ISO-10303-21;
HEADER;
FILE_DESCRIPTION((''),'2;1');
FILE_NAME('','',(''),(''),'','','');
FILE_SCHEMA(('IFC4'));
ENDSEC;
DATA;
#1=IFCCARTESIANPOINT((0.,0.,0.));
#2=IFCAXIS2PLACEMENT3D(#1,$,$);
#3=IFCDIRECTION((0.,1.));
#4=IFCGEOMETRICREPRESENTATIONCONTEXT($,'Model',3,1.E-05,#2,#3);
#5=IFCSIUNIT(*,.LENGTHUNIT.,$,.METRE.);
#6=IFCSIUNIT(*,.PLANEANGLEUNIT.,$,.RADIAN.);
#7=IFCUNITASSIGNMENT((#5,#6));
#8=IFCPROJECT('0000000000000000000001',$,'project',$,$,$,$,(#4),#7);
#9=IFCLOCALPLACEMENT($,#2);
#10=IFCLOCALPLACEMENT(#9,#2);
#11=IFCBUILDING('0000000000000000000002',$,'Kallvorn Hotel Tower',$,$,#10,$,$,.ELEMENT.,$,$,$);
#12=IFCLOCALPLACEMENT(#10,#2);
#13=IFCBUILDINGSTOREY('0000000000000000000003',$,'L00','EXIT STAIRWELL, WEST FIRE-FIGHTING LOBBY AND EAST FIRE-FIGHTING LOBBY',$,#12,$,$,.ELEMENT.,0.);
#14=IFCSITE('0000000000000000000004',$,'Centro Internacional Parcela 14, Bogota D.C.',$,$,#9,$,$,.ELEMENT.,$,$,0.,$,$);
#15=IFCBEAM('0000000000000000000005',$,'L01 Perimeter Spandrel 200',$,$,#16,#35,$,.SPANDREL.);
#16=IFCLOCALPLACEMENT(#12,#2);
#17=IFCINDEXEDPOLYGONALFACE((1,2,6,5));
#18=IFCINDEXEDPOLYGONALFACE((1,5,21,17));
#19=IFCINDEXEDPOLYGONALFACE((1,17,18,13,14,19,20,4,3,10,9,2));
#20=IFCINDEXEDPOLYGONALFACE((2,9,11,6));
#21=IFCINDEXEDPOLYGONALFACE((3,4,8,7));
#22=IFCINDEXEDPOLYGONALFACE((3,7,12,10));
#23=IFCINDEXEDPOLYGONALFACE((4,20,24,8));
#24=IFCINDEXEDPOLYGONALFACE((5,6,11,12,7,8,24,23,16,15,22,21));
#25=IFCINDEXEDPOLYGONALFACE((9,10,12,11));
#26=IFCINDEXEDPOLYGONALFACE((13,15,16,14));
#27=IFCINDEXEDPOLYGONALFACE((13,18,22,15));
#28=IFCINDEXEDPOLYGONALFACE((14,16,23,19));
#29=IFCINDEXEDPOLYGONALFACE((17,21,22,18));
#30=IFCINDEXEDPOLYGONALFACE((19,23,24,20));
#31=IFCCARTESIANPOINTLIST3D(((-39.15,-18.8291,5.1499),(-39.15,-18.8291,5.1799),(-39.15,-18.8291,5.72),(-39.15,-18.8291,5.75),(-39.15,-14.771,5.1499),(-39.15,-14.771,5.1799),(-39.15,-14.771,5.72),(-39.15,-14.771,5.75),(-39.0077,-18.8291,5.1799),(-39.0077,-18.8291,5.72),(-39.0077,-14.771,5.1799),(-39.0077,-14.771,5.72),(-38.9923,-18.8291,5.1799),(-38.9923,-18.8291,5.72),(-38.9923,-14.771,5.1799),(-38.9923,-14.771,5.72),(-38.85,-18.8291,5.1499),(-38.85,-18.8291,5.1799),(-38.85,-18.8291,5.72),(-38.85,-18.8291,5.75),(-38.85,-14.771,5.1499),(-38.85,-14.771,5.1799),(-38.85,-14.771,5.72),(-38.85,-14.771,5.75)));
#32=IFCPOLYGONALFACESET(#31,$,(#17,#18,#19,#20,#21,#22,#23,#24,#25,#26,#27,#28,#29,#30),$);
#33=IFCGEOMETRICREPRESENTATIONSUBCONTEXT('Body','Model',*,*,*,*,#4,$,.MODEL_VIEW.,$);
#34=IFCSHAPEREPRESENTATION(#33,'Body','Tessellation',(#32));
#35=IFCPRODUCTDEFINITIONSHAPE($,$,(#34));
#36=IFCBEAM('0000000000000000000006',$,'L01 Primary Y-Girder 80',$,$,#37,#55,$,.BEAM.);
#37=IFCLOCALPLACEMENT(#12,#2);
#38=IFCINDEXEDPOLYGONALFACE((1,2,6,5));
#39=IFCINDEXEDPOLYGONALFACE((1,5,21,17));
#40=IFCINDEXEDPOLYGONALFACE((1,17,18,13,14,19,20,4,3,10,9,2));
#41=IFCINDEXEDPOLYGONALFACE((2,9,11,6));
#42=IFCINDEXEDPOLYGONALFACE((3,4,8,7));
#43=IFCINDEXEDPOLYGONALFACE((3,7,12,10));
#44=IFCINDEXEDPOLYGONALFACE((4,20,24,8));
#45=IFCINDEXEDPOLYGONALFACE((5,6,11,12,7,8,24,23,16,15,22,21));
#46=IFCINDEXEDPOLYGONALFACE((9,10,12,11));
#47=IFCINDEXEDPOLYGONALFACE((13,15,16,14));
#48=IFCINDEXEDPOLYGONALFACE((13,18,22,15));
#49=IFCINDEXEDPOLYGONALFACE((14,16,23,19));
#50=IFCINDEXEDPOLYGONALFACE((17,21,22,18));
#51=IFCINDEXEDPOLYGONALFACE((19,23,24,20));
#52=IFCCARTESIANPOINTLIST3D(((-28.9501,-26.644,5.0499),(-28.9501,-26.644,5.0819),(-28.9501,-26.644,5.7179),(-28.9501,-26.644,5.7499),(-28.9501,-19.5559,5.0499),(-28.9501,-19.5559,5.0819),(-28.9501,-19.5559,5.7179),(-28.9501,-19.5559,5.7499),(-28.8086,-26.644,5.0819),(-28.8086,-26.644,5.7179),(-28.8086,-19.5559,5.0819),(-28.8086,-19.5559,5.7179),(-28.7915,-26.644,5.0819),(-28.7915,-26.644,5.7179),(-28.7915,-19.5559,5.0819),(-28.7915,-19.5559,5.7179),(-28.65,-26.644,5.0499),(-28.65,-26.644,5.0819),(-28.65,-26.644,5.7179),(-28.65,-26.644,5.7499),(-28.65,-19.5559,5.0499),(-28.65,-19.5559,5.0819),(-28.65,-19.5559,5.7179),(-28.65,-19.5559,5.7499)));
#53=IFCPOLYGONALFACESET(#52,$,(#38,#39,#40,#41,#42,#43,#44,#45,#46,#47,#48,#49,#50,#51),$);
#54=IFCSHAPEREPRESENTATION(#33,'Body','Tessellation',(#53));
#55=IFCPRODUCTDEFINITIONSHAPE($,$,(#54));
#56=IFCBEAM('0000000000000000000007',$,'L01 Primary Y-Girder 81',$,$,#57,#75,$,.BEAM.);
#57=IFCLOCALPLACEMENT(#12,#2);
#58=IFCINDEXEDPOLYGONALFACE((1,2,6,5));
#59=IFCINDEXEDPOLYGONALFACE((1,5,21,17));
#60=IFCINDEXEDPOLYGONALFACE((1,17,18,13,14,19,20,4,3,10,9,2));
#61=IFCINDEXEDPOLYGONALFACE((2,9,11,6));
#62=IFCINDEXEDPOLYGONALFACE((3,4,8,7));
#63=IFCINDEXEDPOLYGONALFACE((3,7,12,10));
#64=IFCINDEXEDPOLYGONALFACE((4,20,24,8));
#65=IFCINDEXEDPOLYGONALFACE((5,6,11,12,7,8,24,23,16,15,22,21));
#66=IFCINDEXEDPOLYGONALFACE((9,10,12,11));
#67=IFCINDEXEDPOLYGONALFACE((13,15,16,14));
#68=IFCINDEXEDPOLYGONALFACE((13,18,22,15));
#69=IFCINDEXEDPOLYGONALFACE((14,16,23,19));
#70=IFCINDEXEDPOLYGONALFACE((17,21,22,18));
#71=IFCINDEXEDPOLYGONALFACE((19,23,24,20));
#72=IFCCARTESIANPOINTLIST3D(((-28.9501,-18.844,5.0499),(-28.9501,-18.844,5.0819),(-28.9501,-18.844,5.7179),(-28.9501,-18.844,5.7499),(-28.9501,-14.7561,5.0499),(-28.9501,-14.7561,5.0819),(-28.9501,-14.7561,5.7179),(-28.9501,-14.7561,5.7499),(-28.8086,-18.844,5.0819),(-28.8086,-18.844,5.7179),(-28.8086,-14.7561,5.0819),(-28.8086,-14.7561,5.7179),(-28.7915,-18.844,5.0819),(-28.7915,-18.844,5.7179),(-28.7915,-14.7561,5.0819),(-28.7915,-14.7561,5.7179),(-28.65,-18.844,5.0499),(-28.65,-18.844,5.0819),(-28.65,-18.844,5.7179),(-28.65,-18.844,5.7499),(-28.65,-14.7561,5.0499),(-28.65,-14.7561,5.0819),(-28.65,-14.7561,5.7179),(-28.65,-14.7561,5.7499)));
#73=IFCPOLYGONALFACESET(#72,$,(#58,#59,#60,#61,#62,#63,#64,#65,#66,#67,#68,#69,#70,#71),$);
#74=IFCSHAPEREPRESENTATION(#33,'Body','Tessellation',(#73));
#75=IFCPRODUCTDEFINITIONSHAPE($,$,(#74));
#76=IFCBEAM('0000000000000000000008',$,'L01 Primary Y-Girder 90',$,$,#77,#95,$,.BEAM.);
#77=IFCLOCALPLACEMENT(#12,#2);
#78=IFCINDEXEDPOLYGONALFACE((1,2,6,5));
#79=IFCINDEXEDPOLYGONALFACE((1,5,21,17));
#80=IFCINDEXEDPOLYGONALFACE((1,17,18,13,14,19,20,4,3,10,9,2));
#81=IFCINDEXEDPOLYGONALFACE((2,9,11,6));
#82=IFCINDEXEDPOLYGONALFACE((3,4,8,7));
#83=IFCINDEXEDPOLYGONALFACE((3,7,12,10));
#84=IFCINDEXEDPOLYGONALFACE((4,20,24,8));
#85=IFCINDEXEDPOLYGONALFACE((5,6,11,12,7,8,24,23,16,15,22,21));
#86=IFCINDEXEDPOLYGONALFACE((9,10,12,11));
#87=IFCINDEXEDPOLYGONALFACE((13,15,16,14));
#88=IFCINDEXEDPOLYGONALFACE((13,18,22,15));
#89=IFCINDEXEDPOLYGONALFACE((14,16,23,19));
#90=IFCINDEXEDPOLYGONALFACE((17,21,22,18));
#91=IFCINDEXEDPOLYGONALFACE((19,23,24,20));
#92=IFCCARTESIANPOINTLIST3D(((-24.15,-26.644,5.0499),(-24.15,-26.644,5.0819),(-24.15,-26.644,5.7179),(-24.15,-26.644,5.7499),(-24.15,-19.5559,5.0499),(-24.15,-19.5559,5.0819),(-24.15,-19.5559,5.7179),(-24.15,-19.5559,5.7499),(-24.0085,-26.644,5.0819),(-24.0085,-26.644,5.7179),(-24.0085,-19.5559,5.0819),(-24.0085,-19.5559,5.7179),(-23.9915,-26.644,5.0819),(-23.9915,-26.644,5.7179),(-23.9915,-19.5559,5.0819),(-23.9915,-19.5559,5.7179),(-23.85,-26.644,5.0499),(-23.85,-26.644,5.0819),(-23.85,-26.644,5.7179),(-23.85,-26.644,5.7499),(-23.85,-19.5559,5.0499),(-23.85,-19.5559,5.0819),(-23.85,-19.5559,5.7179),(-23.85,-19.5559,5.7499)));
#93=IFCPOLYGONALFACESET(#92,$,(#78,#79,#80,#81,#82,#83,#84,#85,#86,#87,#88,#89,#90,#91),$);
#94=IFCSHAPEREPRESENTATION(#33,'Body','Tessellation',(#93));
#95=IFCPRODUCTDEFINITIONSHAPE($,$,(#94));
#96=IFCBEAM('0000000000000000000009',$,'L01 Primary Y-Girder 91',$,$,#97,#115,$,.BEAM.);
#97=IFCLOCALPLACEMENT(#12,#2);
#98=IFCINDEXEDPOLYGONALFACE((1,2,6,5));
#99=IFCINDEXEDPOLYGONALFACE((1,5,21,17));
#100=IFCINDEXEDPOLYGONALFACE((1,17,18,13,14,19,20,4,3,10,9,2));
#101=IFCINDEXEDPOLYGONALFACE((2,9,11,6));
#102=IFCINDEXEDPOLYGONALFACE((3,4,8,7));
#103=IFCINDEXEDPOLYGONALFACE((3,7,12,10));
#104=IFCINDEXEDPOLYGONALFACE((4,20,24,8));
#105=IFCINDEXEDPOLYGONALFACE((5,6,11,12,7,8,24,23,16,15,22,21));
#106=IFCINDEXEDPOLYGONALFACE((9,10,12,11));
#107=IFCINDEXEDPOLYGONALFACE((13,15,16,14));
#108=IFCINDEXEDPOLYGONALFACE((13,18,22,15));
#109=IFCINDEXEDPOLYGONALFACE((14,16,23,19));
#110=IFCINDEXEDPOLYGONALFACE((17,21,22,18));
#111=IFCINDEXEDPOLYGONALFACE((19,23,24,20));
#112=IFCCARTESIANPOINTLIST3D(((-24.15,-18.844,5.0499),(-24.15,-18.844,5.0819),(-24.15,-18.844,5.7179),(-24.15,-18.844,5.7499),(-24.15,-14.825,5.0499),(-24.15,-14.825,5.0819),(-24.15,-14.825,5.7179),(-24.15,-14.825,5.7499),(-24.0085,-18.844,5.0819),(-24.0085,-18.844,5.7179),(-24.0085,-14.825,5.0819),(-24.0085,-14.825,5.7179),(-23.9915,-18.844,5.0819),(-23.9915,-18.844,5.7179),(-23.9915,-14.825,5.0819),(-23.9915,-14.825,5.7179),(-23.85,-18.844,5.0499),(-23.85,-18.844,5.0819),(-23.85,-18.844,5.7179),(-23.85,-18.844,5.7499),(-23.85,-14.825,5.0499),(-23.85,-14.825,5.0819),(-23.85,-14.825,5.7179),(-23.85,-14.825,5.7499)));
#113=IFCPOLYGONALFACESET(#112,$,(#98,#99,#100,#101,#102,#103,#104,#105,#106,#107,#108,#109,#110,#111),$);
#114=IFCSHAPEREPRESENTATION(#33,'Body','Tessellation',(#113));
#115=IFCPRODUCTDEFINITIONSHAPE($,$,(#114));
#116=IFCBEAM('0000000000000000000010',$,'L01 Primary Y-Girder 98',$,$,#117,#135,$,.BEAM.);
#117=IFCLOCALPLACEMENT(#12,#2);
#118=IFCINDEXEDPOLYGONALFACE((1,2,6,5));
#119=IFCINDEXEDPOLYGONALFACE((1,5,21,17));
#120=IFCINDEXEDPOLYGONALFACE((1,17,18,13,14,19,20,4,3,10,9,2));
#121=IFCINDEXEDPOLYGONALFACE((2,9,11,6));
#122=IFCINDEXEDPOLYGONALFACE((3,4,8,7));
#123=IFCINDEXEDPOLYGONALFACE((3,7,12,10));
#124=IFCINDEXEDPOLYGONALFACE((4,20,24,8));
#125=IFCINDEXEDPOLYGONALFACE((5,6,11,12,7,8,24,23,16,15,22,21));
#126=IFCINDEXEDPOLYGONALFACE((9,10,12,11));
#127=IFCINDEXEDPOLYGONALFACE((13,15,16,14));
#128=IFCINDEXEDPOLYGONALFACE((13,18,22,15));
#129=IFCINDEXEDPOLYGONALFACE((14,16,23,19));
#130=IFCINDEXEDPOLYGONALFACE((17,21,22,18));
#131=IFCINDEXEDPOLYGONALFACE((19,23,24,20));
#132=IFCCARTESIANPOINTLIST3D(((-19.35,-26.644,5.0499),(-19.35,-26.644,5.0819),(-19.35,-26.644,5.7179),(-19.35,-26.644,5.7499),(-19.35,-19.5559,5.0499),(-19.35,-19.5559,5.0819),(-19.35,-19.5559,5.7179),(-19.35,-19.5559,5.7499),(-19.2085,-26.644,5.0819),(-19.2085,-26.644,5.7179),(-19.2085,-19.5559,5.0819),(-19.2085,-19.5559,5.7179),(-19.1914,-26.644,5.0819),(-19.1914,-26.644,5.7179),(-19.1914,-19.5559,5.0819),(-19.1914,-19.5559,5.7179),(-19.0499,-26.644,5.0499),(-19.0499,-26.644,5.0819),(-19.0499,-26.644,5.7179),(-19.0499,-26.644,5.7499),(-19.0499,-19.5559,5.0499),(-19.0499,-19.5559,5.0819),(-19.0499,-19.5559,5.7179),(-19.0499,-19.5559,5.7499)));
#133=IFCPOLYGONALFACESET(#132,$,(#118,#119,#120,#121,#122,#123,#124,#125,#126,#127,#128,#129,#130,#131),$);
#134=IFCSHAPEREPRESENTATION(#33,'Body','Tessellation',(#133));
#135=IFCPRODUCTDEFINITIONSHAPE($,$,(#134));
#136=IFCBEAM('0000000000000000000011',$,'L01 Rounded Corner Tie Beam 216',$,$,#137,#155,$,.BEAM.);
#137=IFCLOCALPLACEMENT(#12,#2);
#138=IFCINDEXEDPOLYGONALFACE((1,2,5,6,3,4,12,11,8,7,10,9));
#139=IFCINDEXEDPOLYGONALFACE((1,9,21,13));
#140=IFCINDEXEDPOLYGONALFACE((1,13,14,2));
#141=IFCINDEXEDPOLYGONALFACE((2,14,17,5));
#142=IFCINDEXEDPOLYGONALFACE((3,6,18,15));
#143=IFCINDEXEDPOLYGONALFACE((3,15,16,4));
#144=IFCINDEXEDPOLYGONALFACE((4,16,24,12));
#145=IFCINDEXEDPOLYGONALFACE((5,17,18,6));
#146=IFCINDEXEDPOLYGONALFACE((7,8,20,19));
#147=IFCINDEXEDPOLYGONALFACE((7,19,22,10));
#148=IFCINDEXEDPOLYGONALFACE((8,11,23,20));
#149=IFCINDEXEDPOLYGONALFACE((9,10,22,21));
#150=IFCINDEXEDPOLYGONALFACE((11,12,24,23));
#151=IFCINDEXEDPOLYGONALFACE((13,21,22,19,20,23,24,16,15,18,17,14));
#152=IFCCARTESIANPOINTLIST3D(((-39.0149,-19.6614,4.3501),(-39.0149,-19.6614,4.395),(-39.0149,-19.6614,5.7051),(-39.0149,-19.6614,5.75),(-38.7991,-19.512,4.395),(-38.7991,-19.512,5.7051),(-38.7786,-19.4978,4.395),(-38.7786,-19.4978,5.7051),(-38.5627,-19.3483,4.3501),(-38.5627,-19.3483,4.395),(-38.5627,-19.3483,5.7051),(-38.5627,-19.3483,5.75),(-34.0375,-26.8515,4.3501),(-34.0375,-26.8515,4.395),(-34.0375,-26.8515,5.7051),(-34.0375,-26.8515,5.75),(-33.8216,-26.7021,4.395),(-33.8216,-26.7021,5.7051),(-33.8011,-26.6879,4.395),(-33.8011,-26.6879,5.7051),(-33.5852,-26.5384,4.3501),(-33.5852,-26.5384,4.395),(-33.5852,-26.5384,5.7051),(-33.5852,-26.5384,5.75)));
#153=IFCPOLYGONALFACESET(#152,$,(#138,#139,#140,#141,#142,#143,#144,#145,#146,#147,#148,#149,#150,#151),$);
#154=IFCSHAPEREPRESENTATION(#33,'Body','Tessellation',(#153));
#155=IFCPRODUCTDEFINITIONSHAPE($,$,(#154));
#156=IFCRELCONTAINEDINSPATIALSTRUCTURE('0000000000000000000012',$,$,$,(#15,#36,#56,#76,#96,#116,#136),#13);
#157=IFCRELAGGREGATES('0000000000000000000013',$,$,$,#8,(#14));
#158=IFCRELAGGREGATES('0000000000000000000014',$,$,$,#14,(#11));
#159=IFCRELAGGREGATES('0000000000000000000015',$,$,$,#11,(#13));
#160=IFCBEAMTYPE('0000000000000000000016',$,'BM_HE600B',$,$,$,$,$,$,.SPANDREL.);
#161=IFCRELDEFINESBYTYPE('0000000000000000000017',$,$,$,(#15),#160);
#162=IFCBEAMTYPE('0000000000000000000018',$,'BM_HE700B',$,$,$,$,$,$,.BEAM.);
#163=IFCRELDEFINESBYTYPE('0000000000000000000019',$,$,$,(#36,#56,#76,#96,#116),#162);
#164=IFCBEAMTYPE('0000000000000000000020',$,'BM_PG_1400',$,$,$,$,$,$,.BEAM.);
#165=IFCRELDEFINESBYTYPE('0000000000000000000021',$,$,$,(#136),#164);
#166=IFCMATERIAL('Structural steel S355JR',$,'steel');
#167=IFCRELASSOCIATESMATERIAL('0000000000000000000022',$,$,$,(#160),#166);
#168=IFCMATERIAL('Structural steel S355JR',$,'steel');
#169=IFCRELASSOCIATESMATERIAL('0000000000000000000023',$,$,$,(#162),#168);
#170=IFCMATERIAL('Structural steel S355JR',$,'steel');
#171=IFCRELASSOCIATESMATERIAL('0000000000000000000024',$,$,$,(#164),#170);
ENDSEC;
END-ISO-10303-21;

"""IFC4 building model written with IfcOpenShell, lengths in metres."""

from ifc_helpers import new_model, si_unit, direction, frame, origin, origin_2d, place, context, subcontext, project, spatial, i_section, extrude, material, material_profile, profile_set, type_object, element, save


model = new_model("IFC4")

# Units and contexts
model_context = context("Model", 3, precision=1e-05, world=origin(), true_north=direction((0.0, 1.0)))
body_context = subcontext(model_context, "Body", "Model", "MODEL_VIEW")
ifc_project = project(units=[si_unit("LENGTHUNIT", "METRE"), si_unit("PLANEANGLEUNIT", "RADIAN")], contexts=[model_context])

# Site, building, storey
site_placement = place(None, origin())
site = spatial("IfcSite", under=ifc_project, at=site_placement, Name="Centro Internacional Parcela 14, Bogota D.C.", CompositionType="ELEMENT", RefElevation=0.0)
building_placement = place(site_placement, origin())
building = spatial("IfcBuilding", under=site, at=building_placement, Name="Kallvorn Hotel Tower", CompositionType="ELEMENT")
storey_placement = place(building_placement, origin())
storey = spatial("IfcBuildingStorey", under=building, at=storey_placement, Name="L00", Description="EXIT STAIRWELL, WEST FIRE-FIGHTING LOBBY AND EAST FIRE-FIGHTING LOBBY", CompositionType="ELEMENT", Elevation=0.0)

# Beams
ifc_material_1 = material(Name="Structural steel S355JR", Category="steel")
ifc_material_profile_1 = material_profile(ifc_material_1, i_section(OverallWidth=0.3, OverallDepth=0.6001, WebThickness=0.0154, FlangeThickness=0.03, at=origin_2d()), Name="HE 600 B")
ifc_profile_set_1 = profile_set([ifc_material_profile_1], Name="Structural steel S355JR")
beam_type_1 = type_object("IfcBeamType", Name="BM_HE600B", PredefinedType="SPANDREL", material=ifc_profile_set_1)
beam_1_placement = place(storey_placement, frame((-39.0, -18.8291, 5.45), z_axis=(0.0, 1.0, 0.0), x_axis=(-1.0, 0.0, 0.0)))
element("IfcBeam", 1, at=beam_1_placement, inside=storey, type_object=beam_type_1, Name="L01 Perimeter Spandrel 200", PredefinedType="SPANDREL", context=body_context, shape_type="SweptSolid", body=[
    extrude(i_section(OverallWidth=0.3, OverallDepth=0.6001, WebThickness=0.0154, FlangeThickness=0.03, at=origin_2d()), origin(), (0.0, 0.0, 1.0), 4.0581),
])
ifc_material_2 = material(Name="Structural steel S355JR", Category="steel")
ifc_material_profile_2 = material_profile(ifc_material_2, i_section(OverallWidth=0.3, OverallDepth=0.7, WebThickness=0.0171, FlangeThickness=0.032, at=origin_2d()), Name="HE 700 B")
ifc_profile_set_2 = profile_set([ifc_material_profile_2], Name="Structural steel S355JR")
beam_type_2 = type_object("IfcBeamType", Name="BM_HE700B", PredefinedType="BEAM", material=ifc_profile_set_2)
beam_2_placement = place(storey_placement, frame((-28.8, -26.644, 5.3999), z_axis=(0.0, 1.0, 0.0), x_axis=(-1.0, 0.0, 0.0)))
element("IfcBeam", 2, at=beam_2_placement, inside=storey, type_object=beam_type_2, Name="L01 Primary Y-Girder 80", PredefinedType="BEAM", context=body_context, shape_type="SweptSolid", body=[
    extrude(i_section(OverallWidth=0.3, OverallDepth=0.7, WebThickness=0.0171, FlangeThickness=0.032, at=origin_2d()), origin(), (0.0, 0.0, 1.0), 7.0881),
])
beam_3_placement = place(storey_placement, frame((-28.8, -18.844, 5.3999), z_axis=(0.0, 1.0, 0.0), x_axis=(-1.0, 0.0, 0.0)))
element("IfcBeam", 3, at=beam_3_placement, inside=storey, type_object=beam_type_2, Name="L01 Primary Y-Girder 81", PredefinedType="BEAM", context=body_context, shape_type="SweptSolid", body=[
    extrude(i_section(OverallWidth=0.3, OverallDepth=0.7, WebThickness=0.0171, FlangeThickness=0.032, at=origin_2d()), origin(), (0.0, 0.0, 1.0), 4.0879),
])
beam_4_placement = place(storey_placement, frame((-24.0, -26.644, 5.3999), z_axis=(0.0, 1.0, 0.0), x_axis=(-1.0, 0.0, 0.0)))
element("IfcBeam", 4, at=beam_4_placement, inside=storey, type_object=beam_type_2, Name="L01 Primary Y-Girder 90", PredefinedType="BEAM", context=body_context, shape_type="SweptSolid", body=[
    extrude(i_section(OverallWidth=0.3, OverallDepth=0.7, WebThickness=0.0171, FlangeThickness=0.032, at=origin_2d()), origin(), (0.0, 0.0, 1.0), 7.0881),
])
beam_5_placement = place(storey_placement, frame((-24.0, -18.844, 5.3999), z_axis=(0.0, 1.0, 0.0), x_axis=(-1.0, 0.0, 0.0)))
element("IfcBeam", 5, at=beam_5_placement, inside=storey, type_object=beam_type_2, Name="L01 Primary Y-Girder 91", PredefinedType="BEAM", context=body_context, shape_type="SweptSolid", body=[
    extrude(i_section(OverallWidth=0.3, OverallDepth=0.7, WebThickness=0.0171, FlangeThickness=0.032, at=origin_2d()), origin(), (0.0, 0.0, 1.0), 4.019),
])
beam_6_placement = place(storey_placement, frame((-19.2, -26.644, 5.3999), z_axis=(0.0, 1.0, 0.0), x_axis=(-1.0, 0.0, 0.0)))
element("IfcBeam", 6, at=beam_6_placement, inside=storey, type_object=beam_type_2, Name="L01 Primary Y-Girder 98", PredefinedType="BEAM", context=body_context, shape_type="SweptSolid", body=[
    extrude(i_section(OverallWidth=0.3, OverallDepth=0.7, WebThickness=0.0171, FlangeThickness=0.032, at=origin_2d()), origin(), (0.0, 0.0, 1.0), 7.0881),
])
ifc_material_3 = material(Name="Structural steel S355JR", Category="steel")
ifc_material_profile_3 = material_profile(ifc_material_3, i_section(OverallWidth=0.55, OverallDepth=1.3999, WebThickness=0.0249, FlangeThickness=0.0449, at=origin_2d()), Name="PG 1400x550x25x45")
ifc_profile_set_3 = profile_set([ifc_material_profile_3], Name="Structural steel S355JR")
beam_type_3 = type_object("IfcBeamType", Name="BM_PG_1400", PredefinedType="BEAM", material=ifc_profile_set_3)
beam_7_placement = place(storey_placement, frame((-38.7888, -19.5049, 5.05), z_axis=(0.569188, -0.822207, 0.0), x_axis=(0.822207, 0.569188, 0.0)))
element("IfcBeam", 7, at=beam_7_placement, inside=storey, type_object=beam_type_3, Name="L01 Rounded Corner Tie Beam 216", PredefinedType="BEAM", context=body_context, shape_type="SweptSolid", body=[
    extrude(i_section(OverallWidth=0.55, OverallDepth=1.3999, WebThickness=0.0249, FlangeThickness=0.0449, at=origin_2d()), origin(), (0.0, 0.0, 1.0), 8.7449),
])

save(model, "model.ifc")
